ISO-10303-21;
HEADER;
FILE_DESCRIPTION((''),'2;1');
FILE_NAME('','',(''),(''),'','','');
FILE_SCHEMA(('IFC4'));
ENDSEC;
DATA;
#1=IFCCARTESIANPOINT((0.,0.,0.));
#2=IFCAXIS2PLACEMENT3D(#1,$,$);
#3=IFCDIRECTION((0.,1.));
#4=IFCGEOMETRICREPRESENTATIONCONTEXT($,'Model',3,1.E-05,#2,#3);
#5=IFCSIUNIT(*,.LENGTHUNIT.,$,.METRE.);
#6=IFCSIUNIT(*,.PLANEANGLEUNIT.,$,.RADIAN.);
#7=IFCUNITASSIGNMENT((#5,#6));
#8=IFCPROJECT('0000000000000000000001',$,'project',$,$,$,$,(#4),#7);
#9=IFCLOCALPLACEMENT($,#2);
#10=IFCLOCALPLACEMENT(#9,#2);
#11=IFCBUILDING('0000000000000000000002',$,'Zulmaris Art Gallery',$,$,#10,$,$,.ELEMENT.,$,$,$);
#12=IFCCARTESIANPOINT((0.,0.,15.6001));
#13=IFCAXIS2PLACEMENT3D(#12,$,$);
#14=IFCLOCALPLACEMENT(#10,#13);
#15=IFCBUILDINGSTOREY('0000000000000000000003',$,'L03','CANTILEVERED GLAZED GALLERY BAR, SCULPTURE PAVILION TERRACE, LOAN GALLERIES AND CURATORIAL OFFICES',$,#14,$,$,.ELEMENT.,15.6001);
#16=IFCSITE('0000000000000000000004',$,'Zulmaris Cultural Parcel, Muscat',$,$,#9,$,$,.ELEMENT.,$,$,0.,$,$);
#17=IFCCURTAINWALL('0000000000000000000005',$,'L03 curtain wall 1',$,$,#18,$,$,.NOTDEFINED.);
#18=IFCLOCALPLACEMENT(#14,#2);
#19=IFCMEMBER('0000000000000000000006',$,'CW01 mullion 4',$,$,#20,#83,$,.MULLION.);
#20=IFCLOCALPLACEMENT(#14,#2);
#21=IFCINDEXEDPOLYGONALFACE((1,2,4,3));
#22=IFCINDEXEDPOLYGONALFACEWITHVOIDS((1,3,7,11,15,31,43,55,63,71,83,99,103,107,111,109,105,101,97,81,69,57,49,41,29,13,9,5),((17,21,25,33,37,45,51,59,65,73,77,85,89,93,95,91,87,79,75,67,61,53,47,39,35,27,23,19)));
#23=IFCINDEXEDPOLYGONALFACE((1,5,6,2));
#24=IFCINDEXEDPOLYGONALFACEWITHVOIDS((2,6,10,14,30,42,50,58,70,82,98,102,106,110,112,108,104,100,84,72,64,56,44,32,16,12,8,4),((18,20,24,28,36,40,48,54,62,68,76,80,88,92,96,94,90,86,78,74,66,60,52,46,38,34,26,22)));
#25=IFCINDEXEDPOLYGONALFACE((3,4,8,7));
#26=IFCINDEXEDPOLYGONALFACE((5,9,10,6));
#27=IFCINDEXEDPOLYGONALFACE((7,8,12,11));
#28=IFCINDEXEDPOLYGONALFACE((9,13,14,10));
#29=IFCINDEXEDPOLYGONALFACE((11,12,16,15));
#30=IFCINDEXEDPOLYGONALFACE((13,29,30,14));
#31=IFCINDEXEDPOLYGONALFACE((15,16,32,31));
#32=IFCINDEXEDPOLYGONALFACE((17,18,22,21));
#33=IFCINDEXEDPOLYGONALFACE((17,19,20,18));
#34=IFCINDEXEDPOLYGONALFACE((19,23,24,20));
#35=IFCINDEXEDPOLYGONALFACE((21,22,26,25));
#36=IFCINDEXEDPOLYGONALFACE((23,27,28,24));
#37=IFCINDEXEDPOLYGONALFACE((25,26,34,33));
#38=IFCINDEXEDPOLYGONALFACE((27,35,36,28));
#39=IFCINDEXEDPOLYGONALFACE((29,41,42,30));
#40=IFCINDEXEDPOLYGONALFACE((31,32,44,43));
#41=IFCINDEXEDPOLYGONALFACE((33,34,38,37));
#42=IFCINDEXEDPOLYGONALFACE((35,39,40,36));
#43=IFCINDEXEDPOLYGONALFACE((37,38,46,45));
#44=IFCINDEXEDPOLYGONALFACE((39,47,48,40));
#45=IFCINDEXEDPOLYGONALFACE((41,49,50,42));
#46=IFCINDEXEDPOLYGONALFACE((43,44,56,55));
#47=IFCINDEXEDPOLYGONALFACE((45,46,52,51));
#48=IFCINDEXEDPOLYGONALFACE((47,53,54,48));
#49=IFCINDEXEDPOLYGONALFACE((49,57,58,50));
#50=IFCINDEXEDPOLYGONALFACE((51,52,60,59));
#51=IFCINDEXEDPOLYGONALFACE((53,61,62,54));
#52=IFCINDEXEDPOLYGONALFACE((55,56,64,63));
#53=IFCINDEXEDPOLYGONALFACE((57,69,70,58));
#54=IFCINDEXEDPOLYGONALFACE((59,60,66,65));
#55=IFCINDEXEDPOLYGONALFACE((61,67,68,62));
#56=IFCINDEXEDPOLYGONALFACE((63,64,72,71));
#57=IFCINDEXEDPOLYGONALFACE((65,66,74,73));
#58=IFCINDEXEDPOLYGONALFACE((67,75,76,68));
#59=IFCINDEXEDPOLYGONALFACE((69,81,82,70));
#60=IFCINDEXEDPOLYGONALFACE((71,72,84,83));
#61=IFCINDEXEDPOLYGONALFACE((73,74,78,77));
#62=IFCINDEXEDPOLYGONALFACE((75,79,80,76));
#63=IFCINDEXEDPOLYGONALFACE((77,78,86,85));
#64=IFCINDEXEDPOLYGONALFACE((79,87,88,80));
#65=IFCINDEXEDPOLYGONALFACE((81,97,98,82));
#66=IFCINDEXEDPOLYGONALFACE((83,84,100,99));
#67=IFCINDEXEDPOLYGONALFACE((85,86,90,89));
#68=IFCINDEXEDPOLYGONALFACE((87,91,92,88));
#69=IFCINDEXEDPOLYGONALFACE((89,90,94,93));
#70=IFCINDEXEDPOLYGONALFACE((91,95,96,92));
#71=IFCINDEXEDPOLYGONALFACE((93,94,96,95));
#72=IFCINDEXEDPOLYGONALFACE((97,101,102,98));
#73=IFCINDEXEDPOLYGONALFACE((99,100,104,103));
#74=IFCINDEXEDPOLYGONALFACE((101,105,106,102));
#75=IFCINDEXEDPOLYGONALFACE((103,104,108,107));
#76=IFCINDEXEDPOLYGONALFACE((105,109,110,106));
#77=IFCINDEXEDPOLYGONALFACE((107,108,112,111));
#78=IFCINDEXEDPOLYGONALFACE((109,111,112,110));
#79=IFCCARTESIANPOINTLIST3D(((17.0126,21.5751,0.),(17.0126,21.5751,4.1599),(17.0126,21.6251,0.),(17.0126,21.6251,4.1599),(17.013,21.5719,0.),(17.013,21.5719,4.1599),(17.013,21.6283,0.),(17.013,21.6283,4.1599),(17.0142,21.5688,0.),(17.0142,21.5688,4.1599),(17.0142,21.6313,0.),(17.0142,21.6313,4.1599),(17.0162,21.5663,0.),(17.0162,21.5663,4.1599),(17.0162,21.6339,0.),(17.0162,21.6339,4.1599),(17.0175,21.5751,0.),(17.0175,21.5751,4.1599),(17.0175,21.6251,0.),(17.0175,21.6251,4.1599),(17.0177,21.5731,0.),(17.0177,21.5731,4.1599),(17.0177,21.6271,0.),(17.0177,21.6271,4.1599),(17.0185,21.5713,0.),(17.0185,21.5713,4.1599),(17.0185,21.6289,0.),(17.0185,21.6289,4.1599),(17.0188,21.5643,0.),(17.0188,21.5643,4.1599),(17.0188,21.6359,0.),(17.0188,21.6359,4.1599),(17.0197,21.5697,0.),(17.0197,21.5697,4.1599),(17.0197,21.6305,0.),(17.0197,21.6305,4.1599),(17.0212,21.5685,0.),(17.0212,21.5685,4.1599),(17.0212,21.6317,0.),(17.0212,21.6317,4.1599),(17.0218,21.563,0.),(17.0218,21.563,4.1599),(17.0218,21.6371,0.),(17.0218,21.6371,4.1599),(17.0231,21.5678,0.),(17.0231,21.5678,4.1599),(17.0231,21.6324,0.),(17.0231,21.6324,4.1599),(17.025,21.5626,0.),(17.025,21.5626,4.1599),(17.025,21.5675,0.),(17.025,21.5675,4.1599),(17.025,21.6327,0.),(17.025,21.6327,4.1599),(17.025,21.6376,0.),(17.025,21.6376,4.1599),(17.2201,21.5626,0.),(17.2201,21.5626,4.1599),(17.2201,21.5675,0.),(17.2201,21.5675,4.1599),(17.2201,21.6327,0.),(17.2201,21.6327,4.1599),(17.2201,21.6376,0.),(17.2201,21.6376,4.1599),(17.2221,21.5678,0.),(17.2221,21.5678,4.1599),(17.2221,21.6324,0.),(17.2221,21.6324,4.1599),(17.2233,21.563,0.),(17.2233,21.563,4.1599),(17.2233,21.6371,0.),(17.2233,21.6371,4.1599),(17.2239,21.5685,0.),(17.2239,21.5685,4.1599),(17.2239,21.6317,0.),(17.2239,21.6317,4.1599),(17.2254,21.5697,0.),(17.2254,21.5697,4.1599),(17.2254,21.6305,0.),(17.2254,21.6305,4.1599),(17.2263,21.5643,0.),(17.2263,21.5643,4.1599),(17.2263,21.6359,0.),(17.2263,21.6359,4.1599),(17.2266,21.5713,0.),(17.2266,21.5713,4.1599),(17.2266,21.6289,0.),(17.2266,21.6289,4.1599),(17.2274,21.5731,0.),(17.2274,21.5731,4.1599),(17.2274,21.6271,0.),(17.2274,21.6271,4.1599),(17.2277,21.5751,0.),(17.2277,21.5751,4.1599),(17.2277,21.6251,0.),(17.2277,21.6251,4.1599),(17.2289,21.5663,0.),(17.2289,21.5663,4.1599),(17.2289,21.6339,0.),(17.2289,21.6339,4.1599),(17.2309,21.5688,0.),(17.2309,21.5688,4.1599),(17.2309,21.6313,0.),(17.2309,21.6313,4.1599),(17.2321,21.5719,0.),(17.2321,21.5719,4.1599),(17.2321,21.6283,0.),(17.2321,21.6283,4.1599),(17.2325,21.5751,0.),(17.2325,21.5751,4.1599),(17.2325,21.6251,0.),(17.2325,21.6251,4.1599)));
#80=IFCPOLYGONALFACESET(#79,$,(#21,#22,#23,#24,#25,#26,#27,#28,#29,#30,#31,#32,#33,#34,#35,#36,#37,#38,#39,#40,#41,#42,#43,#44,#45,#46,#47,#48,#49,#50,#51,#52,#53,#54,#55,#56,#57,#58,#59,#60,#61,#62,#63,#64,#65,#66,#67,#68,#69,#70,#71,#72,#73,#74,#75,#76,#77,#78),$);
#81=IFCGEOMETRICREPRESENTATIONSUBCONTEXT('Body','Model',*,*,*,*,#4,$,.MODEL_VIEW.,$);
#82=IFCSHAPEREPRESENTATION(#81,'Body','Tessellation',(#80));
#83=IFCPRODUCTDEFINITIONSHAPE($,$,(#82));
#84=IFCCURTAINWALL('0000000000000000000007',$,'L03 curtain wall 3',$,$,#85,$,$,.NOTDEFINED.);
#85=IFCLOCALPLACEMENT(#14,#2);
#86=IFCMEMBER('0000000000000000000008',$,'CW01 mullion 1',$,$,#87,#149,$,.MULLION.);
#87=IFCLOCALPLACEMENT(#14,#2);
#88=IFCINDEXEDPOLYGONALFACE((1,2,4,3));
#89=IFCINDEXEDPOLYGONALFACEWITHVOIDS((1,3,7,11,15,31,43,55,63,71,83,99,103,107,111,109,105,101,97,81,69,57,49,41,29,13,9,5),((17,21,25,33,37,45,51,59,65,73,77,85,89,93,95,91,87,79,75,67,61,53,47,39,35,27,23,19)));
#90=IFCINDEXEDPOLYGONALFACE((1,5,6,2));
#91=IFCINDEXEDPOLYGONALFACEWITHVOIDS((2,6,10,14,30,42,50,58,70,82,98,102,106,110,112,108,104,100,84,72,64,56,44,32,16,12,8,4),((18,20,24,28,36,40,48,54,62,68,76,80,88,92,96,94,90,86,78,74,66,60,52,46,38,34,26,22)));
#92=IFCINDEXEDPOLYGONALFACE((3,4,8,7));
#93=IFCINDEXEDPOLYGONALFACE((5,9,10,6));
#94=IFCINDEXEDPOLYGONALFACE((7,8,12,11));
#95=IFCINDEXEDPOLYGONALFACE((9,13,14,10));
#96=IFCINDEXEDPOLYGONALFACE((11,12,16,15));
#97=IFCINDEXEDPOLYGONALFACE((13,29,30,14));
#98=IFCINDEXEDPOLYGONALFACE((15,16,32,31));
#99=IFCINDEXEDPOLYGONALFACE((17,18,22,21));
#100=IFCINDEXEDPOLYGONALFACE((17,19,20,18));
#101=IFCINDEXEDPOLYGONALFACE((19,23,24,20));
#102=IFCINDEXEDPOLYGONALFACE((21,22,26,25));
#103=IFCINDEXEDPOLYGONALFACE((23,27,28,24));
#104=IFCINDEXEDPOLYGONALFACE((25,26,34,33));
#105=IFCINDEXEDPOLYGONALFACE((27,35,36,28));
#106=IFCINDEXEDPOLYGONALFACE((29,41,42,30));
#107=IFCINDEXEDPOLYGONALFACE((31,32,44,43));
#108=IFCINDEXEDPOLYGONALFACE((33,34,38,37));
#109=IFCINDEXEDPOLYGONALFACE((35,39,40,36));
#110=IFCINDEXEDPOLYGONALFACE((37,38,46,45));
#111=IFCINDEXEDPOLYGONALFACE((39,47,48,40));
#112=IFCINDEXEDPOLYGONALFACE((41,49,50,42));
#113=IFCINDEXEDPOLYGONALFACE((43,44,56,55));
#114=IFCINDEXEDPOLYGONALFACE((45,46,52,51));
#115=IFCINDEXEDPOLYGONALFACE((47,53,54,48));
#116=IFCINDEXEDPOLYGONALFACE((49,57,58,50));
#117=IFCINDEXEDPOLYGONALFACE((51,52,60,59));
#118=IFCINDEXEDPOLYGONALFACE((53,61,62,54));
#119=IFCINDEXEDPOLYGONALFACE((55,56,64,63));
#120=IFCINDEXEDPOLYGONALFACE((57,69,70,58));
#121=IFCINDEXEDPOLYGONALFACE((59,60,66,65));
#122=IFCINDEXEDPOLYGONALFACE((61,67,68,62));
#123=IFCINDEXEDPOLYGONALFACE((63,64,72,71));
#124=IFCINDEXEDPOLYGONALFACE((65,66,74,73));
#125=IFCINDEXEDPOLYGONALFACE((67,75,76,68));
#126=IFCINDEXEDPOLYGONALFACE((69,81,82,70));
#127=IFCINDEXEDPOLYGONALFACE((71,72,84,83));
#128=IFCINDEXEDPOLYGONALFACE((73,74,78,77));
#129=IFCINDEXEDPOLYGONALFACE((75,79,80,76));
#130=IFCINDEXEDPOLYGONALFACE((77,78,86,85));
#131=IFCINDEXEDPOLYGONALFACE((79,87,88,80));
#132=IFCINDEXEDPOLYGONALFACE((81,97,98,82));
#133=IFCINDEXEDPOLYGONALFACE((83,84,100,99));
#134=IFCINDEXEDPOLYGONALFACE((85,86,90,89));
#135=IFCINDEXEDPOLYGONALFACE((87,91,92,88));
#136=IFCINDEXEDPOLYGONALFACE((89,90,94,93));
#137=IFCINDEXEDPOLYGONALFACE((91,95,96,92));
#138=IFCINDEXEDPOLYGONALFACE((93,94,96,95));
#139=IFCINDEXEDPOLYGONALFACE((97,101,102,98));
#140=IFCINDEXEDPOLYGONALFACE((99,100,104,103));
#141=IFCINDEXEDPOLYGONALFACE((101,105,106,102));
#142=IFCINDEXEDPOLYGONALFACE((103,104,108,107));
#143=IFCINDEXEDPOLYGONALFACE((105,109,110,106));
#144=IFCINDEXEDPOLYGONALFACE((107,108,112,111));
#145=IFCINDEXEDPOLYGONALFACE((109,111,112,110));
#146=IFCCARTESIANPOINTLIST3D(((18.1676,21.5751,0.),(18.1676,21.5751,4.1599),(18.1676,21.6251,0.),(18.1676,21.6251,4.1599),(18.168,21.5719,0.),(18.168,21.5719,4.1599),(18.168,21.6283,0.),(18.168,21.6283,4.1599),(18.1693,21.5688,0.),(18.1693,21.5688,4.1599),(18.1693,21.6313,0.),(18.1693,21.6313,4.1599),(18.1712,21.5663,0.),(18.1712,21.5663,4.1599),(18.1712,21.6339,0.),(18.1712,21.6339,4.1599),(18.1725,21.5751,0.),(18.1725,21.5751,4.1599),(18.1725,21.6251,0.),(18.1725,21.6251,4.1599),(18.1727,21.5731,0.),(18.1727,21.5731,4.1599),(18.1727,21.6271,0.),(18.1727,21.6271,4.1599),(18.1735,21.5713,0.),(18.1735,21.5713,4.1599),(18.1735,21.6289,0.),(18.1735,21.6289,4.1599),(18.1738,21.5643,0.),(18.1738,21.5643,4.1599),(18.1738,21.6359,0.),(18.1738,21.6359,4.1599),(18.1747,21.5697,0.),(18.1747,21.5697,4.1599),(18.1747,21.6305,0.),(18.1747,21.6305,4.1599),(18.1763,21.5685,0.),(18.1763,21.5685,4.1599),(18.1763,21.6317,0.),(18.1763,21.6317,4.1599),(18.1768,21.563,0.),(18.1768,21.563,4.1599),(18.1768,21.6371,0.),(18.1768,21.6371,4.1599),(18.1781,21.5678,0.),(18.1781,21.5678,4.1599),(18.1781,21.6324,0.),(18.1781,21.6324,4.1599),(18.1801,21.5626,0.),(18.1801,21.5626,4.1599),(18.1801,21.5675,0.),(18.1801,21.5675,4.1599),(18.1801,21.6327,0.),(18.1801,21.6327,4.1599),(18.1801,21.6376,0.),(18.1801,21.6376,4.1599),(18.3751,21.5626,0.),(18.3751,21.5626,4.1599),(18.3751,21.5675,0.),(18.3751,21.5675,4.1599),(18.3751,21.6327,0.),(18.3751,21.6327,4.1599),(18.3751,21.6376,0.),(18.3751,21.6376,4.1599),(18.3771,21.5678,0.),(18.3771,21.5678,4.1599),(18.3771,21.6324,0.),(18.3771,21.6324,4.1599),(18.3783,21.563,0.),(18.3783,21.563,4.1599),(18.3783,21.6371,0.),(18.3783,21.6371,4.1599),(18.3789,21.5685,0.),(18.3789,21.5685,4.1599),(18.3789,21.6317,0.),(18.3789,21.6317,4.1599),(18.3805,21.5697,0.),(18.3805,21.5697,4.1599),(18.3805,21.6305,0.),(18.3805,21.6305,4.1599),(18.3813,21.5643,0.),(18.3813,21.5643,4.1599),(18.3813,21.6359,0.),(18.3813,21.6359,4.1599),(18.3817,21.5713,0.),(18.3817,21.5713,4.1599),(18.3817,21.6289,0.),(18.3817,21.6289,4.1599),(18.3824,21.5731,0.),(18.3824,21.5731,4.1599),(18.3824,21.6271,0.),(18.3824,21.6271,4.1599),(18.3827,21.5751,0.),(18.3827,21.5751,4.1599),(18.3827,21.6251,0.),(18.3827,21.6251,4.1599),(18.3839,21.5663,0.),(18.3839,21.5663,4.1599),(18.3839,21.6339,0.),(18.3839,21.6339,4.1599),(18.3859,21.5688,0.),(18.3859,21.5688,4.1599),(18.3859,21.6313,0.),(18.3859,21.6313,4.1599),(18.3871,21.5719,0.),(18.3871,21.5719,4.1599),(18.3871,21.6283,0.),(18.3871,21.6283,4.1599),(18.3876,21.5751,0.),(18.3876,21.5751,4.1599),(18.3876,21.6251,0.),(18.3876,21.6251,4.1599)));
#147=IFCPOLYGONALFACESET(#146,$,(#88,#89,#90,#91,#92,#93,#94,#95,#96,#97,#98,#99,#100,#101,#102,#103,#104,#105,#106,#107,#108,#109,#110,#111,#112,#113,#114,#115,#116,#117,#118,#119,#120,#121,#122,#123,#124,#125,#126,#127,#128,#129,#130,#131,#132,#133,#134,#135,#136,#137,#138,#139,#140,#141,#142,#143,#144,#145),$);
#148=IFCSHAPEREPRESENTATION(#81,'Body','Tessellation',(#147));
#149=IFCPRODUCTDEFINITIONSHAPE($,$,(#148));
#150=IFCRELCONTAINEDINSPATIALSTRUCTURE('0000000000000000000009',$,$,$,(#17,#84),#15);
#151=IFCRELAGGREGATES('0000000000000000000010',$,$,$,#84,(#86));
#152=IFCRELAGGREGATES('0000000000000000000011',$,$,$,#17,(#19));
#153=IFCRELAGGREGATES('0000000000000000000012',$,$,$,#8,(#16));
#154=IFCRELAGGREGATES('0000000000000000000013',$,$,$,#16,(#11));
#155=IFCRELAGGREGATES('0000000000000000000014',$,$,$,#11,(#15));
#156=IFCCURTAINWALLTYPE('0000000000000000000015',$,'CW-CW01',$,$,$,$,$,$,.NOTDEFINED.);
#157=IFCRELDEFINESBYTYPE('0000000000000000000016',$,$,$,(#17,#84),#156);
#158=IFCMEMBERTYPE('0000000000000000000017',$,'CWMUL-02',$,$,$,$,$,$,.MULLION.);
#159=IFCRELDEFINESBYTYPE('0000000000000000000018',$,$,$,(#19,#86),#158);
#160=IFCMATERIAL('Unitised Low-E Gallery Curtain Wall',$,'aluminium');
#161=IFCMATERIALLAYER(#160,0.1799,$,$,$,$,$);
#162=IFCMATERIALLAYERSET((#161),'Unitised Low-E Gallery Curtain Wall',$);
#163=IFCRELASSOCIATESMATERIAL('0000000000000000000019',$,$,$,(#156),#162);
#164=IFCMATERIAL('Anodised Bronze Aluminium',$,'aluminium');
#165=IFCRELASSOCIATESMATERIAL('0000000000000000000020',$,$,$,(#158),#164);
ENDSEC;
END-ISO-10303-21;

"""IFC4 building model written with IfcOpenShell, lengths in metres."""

from ifc_helpers import new_model, si_unit, direction, frame, origin, origin_2d, place, context, subcontext, project, spatial, hollow_rectangle, extrude, material, layer, layer_set, material_profile, profile_set, type_object, element, aggregate, save


model = new_model("IFC4")

# Units and contexts
model_context = context("Model", 3, precision=1e-05, world=origin(), true_north=direction((0.0, 1.0)))
body_context = subcontext(model_context, "Body", "Model", "MODEL_VIEW")
ifc_project = project(units=[si_unit("LENGTHUNIT", "METRE"), si_unit("PLANEANGLEUNIT", "RADIAN")], contexts=[model_context])

# Site, building, storey
site_placement = place(None, origin())
site = spatial("IfcSite", under=ifc_project, at=site_placement, Name="Zulmaris Cultural Parcel, Muscat", CompositionType="ELEMENT", RefElevation=0.0)
building_placement = place(site_placement, origin())
building = spatial("IfcBuilding", under=site, at=building_placement, Name="Zulmaris Art Gallery", CompositionType="ELEMENT")
storey_placement = place(building_placement, frame((0.0, 0.0, 15.6001)))
storey = spatial("IfcBuildingStorey", under=building, at=storey_placement, Name="L03", Description="CANTILEVERED GLAZED GALLERY BAR, SCULPTURE PAVILION TERRACE, LOAN GALLERIES AND CURATORIAL OFFICES", CompositionType="ELEMENT", Elevation=15.6001)

# Curtain wall, member
ifc_material_1 = material(Name="Unitised Low-E Gallery Curtain Wall", Category="aluminium")
ifc_layer_1 = layer(ifc_material_1, 0.1799)
ifc_layer_set_1 = layer_set([ifc_layer_1], Name="Unitised Low-E Gallery Curtain Wall")
curtain_wall_type = type_object("IfcCurtainWallType", Name="CW-CW01", PredefinedType="NOTDEFINED", material=ifc_layer_set_1)
curtain_wall_1_placement = place(storey_placement, origin())
curtain_wall_1 = element("IfcCurtainWall", 1, at=curtain_wall_1_placement, inside=storey, type_object=curtain_wall_type, Name="L03 curtain wall 1", PredefinedType="NOTDEFINED")
ifc_material_2 = material(Name="Anodised Bronze Aluminium", Category="aluminium")
ifc_material_profile_1 = material_profile(ifc_material_2, hollow_rectangle(XDim=0.075, YDim=0.22, WallThickness=0.0049, InnerFilletRadius=0.0076, OuterFilletRadius=0.0125, at=origin_2d()), Name="ALU 75x220x5")
ifc_profile_set_1 = profile_set([ifc_material_profile_1], Name="Anodised Bronze Aluminium")
member_type_1 = type_object("IfcMemberType", Name="CWMUL-02", PredefinedType="MULLION", material=ifc_profile_set_1)
member_1_placement = place(storey_placement, frame((17.1226, 21.6001, 0.0), z_axis=(0.0, 0.0, 1.0), x_axis=(0.0, 1.0, 0.0)))
member_1 = element("IfcMember", 2, at=member_1_placement, type_object=member_type_1, Name="CW01 mullion 4", PredefinedType="MULLION", context=body_context, shape_type="SweptSolid", body=[
    extrude(hollow_rectangle(XDim=0.075, YDim=0.22, WallThickness=0.0049, InnerFilletRadius=0.0076, OuterFilletRadius=0.0125, at=origin_2d()), origin(), (0.0, 0.0, 1.0), 4.1599),
])

# Curtain wall, member
curtain_wall_2_placement = place(storey_placement, origin())
curtain_wall_2 = element("IfcCurtainWall", 3, at=curtain_wall_2_placement, inside=storey, type_object=curtain_wall_type, Name="L03 curtain wall 3", PredefinedType="NOTDEFINED")
member_2_placement = place(storey_placement, frame((18.2776, 21.6001, 0.0), z_axis=(0.0, 0.0, 1.0), x_axis=(0.0, 1.0, 0.0)))
member_2 = element("IfcMember", 4, at=member_2_placement, type_object=member_type_1, Name="CW01 mullion 1", PredefinedType="MULLION", context=body_context, shape_type="SweptSolid", body=[
    extrude(hollow_rectangle(XDim=0.075, YDim=0.22, WallThickness=0.0049, InnerFilletRadius=0.0076, OuterFilletRadius=0.0125, at=origin_2d()), origin(), (0.0, 0.0, 1.0), 4.1599),
])

aggregate(curtain_wall_2, [member_2])

aggregate(curtain_wall_1, [member_1])

save(model, "model.ifc")
